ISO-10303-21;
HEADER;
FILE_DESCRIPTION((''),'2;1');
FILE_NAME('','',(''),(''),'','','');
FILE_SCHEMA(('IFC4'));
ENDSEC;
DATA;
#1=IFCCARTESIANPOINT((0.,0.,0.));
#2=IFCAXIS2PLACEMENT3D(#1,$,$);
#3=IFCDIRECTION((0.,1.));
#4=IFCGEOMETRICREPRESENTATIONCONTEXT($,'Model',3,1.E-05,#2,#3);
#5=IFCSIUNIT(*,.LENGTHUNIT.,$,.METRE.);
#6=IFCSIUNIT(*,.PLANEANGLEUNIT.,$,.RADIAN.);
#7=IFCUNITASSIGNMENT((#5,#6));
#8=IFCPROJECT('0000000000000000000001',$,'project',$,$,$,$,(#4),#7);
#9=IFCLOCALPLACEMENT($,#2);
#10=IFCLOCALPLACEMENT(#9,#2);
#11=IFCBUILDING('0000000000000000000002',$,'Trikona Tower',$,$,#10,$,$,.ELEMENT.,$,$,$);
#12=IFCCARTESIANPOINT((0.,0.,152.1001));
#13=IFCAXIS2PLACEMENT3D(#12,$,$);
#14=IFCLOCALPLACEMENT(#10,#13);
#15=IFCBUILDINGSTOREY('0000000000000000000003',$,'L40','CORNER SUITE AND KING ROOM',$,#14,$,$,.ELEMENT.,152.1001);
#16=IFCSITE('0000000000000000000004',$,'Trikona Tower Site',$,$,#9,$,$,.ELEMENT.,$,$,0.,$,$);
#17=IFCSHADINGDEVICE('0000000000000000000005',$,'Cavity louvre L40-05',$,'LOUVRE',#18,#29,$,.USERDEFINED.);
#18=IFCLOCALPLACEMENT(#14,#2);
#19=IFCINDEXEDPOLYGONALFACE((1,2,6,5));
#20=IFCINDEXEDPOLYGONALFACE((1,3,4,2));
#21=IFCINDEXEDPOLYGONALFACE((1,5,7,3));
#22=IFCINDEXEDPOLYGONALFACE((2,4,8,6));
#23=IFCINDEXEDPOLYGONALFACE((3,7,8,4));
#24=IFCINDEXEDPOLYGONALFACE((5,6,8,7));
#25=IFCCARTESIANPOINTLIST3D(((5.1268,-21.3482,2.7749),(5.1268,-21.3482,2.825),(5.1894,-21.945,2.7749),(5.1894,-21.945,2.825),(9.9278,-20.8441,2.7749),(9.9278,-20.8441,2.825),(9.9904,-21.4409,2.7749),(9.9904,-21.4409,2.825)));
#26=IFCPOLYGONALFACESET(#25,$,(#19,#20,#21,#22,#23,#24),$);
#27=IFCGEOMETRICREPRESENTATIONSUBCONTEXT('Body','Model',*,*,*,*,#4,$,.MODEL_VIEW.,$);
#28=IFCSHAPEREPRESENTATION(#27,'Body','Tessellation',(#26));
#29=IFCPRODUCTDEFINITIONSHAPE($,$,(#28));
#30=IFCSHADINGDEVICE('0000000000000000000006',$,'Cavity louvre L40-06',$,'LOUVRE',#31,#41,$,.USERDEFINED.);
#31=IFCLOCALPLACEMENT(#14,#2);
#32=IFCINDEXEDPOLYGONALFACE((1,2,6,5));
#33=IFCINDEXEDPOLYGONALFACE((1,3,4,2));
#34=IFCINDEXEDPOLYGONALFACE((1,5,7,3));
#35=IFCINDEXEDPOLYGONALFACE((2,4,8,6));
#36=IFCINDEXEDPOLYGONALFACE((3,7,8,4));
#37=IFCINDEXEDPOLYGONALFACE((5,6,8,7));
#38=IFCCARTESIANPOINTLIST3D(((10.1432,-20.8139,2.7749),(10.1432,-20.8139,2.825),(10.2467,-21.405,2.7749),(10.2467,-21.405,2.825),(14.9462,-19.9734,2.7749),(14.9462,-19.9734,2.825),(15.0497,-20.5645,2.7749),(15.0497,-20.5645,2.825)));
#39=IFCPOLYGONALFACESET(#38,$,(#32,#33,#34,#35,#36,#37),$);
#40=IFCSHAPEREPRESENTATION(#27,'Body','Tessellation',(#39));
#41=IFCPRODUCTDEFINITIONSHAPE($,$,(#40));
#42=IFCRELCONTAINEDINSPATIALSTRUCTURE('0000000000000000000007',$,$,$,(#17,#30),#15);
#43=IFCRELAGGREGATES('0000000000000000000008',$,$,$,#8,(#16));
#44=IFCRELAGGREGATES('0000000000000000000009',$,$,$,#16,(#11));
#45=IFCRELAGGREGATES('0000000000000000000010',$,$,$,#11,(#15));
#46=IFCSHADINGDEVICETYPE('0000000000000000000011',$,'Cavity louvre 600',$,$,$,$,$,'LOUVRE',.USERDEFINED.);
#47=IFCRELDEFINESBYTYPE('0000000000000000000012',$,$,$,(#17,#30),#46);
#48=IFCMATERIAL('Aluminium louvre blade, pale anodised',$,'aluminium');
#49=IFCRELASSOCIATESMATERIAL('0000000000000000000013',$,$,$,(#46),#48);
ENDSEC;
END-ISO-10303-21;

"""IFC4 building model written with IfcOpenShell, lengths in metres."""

from ifc_helpers import new_model, si_unit, direction, frame, origin, origin_2d, place, context, subcontext, project, spatial, rectangle, extrude, material, type_object, element, save


model = new_model("IFC4")

# Units and contexts
model_context = context("Model", 3, precision=1e-05, world=origin(), true_north=direction((0.0, 1.0)))
body_context = subcontext(model_context, "Body", "Model", "MODEL_VIEW")
ifc_project = project(units=[si_unit("LENGTHUNIT", "METRE"), si_unit("PLANEANGLEUNIT", "RADIAN")], contexts=[model_context])

# Site, building, storey
site_placement = place(None, origin())
site = spatial("IfcSite", under=ifc_project, at=site_placement, Name="Trikona Tower Site", CompositionType="ELEMENT", RefElevation=0.0)
building_placement = place(site_placement, origin())
building = spatial("IfcBuilding", under=site, at=building_placement, Name="Trikona Tower", CompositionType="ELEMENT")
storey_placement = place(building_placement, frame((0.0, 0.0, 152.1001)))
storey = spatial("IfcBuildingStorey", under=building, at=storey_placement, Name="L40", Description="CORNER SUITE AND KING ROOM", CompositionType="ELEMENT", Elevation=152.1001)

# Shading devices
ifc_material_1 = material(Name="Aluminium louvre blade, pale anodised", Category="aluminium")
shading_device_type = type_object("IfcShadingDeviceType", Name="Cavity louvre 600", ElementType="LOUVRE", PredefinedType="USERDEFINED", material=ifc_material_1)
shading_device_1_placement = place(storey_placement, frame((7.5586, -21.3945, 2.7749), z_axis=(0.0, 0.0, 1.0), x_axis=(0.994533, 0.104426, 0.0)))
element("IfcShadingDevice", 1, at=shading_device_1_placement, inside=storey, type_object=shading_device_type, Name="Cavity louvre L40-05", ObjectType="LOUVRE", PredefinedType="USERDEFINED", context=body_context, shape_type="SweptSolid", body=[
    extrude(rectangle(XDim=4.8274, YDim=0.6001, at=origin_2d()), origin(), (0.0, 0.0, 1.0), 0.05),
])
shading_device_2_placement = place(storey_placement, frame((12.5964, -20.6892, 2.7749), z_axis=(0.0, 0.0, 1.0), x_axis=(0.985031, 0.17238, 0.0)))
element("IfcShadingDevice", 2, at=shading_device_2_placement, inside=storey, type_object=shading_device_type, Name="Cavity louvre L40-06", ObjectType="LOUVRE", PredefinedType="USERDEFINED", context=body_context, shape_type="SweptSolid", body=[
    extrude(rectangle(XDim=4.876, YDim=0.6001, at=origin_2d()), origin(), (0.0, 0.0, 1.0), 0.05),
])

save(model, "model.ifc")
